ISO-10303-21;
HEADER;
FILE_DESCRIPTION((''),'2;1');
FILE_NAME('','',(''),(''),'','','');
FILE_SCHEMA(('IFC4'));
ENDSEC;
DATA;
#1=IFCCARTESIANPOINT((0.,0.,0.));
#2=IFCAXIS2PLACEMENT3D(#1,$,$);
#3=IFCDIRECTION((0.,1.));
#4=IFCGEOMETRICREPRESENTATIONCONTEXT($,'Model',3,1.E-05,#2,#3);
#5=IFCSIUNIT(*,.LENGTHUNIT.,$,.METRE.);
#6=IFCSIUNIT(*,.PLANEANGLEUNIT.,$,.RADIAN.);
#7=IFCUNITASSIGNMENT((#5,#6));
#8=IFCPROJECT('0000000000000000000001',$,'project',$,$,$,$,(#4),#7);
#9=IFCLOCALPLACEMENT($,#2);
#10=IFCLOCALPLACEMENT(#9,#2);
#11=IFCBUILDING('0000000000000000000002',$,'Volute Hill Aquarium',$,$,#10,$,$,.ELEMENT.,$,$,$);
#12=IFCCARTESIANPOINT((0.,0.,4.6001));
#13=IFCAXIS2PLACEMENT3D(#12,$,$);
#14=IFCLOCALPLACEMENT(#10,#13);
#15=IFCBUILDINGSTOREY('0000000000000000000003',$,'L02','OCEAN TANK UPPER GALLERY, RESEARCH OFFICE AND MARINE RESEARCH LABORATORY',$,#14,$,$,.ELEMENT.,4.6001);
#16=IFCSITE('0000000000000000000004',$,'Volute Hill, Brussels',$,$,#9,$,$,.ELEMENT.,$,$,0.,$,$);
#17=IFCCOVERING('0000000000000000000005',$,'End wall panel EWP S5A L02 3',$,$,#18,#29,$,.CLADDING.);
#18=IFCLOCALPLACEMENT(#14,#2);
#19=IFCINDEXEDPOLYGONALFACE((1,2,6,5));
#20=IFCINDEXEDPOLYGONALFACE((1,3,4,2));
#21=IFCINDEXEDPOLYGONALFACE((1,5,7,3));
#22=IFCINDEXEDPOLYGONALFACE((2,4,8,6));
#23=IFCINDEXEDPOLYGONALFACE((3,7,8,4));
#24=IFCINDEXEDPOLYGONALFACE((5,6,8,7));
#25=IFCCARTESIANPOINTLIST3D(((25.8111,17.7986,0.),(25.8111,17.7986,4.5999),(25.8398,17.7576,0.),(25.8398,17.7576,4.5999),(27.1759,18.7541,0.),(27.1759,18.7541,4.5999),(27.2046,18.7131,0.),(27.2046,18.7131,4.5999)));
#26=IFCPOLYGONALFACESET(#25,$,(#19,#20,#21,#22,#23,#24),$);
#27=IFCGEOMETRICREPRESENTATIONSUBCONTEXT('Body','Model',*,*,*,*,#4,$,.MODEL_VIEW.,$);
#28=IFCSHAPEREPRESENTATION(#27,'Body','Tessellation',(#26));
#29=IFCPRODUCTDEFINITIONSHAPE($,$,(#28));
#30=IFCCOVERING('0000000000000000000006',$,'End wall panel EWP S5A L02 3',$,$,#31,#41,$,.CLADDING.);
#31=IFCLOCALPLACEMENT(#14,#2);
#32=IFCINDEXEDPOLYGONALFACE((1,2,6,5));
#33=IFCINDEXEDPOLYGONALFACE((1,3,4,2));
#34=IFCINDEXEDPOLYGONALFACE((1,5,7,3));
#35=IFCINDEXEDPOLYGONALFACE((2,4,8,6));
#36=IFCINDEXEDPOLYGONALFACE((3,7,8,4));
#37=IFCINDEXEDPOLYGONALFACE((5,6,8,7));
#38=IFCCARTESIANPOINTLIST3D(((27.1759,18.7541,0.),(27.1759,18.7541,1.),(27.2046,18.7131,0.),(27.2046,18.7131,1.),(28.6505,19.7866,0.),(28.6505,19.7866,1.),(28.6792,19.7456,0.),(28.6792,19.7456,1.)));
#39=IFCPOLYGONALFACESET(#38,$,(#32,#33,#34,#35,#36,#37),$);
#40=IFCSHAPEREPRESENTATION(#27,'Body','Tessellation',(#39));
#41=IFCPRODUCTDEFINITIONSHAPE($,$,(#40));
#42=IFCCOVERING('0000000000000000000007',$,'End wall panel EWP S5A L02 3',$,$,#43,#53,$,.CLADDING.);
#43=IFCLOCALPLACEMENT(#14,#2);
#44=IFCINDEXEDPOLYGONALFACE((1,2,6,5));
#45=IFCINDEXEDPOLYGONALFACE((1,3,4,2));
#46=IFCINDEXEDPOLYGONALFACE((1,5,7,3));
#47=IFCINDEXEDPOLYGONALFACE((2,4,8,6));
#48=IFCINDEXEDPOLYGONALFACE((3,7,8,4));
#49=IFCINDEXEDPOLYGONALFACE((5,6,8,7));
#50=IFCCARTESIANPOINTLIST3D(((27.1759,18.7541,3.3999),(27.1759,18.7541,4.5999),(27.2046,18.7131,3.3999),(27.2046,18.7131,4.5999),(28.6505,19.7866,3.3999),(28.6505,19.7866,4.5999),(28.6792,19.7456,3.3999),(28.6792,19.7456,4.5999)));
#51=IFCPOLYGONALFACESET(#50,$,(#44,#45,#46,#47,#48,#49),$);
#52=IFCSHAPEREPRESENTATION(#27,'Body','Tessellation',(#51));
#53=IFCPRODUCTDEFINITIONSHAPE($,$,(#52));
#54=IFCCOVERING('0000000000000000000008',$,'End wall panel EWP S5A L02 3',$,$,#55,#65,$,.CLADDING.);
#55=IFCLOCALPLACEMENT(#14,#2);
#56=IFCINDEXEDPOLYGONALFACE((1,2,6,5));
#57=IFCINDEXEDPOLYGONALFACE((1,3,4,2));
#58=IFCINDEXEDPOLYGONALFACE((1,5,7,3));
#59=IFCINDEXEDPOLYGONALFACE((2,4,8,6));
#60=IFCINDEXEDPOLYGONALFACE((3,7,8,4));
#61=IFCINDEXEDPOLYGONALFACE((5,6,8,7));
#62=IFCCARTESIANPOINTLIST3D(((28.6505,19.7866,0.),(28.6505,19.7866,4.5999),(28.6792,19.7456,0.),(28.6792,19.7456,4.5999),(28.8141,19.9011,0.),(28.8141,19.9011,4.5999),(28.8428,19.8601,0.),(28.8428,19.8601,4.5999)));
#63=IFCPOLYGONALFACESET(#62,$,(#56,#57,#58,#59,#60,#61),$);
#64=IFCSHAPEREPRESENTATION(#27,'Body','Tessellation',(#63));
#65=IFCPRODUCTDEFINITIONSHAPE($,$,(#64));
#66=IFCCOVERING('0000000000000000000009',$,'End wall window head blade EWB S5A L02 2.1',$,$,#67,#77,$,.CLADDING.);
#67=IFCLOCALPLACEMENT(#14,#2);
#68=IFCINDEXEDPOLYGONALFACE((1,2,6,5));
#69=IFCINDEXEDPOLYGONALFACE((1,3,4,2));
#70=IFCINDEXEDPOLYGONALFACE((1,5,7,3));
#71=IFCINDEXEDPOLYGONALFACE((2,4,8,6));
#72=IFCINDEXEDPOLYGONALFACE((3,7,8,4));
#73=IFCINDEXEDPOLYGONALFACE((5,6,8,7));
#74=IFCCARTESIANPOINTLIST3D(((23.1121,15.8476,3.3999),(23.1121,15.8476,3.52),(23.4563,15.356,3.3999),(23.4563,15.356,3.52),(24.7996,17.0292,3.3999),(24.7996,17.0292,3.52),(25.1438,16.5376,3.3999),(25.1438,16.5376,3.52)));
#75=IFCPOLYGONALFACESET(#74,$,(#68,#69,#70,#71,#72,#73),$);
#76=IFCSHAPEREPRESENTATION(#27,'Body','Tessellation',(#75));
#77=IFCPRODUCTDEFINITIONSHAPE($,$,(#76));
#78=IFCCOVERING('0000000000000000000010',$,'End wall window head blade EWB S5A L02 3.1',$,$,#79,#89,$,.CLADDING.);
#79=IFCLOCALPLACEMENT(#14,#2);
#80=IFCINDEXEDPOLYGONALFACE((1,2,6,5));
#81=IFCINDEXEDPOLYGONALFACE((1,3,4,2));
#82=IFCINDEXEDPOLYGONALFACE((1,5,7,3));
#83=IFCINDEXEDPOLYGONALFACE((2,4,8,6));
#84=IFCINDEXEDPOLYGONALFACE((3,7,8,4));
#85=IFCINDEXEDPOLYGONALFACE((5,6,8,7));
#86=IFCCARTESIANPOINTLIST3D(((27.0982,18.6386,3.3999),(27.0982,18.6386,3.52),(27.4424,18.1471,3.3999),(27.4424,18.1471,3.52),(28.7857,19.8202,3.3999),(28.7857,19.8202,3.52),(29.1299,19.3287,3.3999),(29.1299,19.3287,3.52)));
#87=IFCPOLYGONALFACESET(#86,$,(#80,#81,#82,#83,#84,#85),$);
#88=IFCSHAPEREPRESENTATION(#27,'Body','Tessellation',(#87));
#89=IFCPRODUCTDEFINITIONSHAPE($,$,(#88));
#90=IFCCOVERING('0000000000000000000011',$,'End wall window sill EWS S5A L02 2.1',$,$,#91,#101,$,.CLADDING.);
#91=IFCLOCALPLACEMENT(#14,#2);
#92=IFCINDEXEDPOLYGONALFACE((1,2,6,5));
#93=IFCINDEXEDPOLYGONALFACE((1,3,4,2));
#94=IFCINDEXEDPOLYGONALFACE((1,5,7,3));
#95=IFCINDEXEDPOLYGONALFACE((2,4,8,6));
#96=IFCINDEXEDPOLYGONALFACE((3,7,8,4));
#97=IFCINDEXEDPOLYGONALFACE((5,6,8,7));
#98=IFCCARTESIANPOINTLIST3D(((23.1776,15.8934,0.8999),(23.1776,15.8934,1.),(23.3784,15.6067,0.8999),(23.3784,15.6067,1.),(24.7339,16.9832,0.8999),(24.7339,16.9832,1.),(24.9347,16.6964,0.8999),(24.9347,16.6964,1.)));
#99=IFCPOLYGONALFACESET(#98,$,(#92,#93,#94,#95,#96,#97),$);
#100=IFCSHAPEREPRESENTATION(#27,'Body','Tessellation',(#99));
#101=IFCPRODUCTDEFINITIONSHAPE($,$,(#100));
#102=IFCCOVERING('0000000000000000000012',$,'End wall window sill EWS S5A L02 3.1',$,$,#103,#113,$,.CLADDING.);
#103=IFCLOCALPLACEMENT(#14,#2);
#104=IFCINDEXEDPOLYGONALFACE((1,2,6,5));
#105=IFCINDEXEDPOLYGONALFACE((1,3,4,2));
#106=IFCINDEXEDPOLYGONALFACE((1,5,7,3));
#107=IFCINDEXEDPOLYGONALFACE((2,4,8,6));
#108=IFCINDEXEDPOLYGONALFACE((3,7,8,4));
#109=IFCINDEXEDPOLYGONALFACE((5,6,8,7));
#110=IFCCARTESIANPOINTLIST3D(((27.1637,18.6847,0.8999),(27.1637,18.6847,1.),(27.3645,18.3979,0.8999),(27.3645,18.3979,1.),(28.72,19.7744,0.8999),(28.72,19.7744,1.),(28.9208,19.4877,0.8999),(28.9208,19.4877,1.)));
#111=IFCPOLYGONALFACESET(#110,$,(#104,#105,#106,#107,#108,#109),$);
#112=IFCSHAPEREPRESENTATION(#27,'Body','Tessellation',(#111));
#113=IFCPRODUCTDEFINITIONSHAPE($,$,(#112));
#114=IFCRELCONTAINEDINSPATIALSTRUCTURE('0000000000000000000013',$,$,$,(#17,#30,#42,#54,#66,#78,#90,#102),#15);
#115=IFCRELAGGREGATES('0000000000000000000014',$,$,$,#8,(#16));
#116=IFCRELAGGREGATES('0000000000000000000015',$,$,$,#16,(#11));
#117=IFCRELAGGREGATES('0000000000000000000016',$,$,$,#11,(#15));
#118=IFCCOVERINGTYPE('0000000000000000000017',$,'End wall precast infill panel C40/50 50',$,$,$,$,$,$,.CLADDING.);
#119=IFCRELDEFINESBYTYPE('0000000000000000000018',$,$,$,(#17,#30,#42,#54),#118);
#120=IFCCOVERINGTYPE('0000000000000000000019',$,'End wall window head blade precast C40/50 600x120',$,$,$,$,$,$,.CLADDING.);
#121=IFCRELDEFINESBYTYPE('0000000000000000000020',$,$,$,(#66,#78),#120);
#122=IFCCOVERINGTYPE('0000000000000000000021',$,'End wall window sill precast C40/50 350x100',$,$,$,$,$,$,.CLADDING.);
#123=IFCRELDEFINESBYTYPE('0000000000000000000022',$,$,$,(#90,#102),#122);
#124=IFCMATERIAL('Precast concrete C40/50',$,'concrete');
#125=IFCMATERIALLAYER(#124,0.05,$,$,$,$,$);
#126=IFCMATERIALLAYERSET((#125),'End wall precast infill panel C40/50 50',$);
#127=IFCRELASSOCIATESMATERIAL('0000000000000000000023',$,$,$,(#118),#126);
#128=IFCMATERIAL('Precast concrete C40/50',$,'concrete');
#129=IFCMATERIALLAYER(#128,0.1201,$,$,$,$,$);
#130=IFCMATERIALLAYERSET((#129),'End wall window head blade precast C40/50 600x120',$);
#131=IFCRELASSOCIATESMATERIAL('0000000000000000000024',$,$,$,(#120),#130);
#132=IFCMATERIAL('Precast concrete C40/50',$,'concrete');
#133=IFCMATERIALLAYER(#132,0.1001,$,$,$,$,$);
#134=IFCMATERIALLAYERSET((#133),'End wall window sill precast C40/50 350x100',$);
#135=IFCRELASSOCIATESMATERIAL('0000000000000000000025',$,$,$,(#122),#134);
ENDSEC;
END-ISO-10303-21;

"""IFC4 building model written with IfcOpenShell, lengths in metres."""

from ifc_helpers import new_model, si_unit, direction, frame, origin, origin_2d, place, context, subcontext, project, spatial, polyline, rectangle, outline, extrude, material, layer, layer_set, type_object, element, save


model = new_model("IFC4")

# Units and contexts
model_context = context("Model", 3, precision=1e-05, world=origin(), true_north=direction((0.0, 1.0)))
body_context = subcontext(model_context, "Body", "Model", "MODEL_VIEW")
ifc_project = project(units=[si_unit("LENGTHUNIT", "METRE"), si_unit("PLANEANGLEUNIT", "RADIAN")], contexts=[model_context])

# Site, building, storey
site_placement = place(None, origin())
site = spatial("IfcSite", under=ifc_project, at=site_placement, Name="Volute Hill, Brussels", CompositionType="ELEMENT", RefElevation=0.0)
building_placement = place(site_placement, origin())
building = spatial("IfcBuilding", under=site, at=building_placement, Name="Volute Hill Aquarium", CompositionType="ELEMENT")
storey_placement = place(building_placement, frame((0.0, 0.0, 4.6001)))
storey = spatial("IfcBuildingStorey", under=building, at=storey_placement, Name="L02", Description="OCEAN TANK UPPER GALLERY, RESEARCH OFFICE AND MARINE RESEARCH LABORATORY", CompositionType="ELEMENT", Elevation=4.6001)

# Coverings
ifc_material_1 = material(Name="Precast concrete C40/50", Category="concrete")
ifc_layer_1 = layer(ifc_material_1, 0.05)
ifc_layer_set_1 = layer_set([ifc_layer_1], Name="End wall precast infill panel C40/50 50")
covering_type_1 = type_object("IfcCoveringType", Name="End wall precast infill panel C40/50 50", PredefinedType="CLADDING", material=ifc_layer_set_1)
covering_1_placement = place(storey_placement, frame((25.8398, 17.7576, 0.0), z_axis=(0.573561, -0.819163, 0.0), x_axis=(0.819163, 0.573561, 0.0)))
element("IfcCovering", 1, at=covering_1_placement, inside=storey, type_object=covering_type_1, Name="End wall panel EWP S5A L02 3", PredefinedType="CLADDING", context=body_context, shape_type="SweptSolid", body=[
    extrude(outline(polyline([(0.0, 0.0), (1.666, 0.0), (1.666, 4.5999), (0.0, 4.5999), (0.0, 0.0)])), origin(), (0.0, 0.0, -1.0), 0.05),
])
covering_2_placement = place(storey_placement, frame((27.2046, 18.7131, 0.0), z_axis=(0.573553, -0.819168, 0.0), x_axis=(0.819168, 0.573553, 0.0)))
element("IfcCovering", 2, at=covering_2_placement, inside=storey, type_object=covering_type_1, Name="End wall panel EWP S5A L02 3", PredefinedType="CLADDING", context=body_context, shape_type="SweptSolid", body=[
    extrude(outline(polyline([(0.0, 0.0), (1.8001, 0.0), (1.8001, 1.0), (0.0, 1.0), (0.0, 0.0)])), origin(), (0.0, 0.0, -1.0), 0.05),
])
covering_3_placement = place(storey_placement, frame((27.2046, 18.7131, 3.3999), z_axis=(0.573553, -0.819168, 0.0), x_axis=(0.819168, 0.573553, 0.0)))
element("IfcCovering", 3, at=covering_3_placement, inside=storey, type_object=covering_type_1, Name="End wall panel EWP S5A L02 3", PredefinedType="CLADDING", context=body_context, shape_type="SweptSolid", body=[
    extrude(outline(polyline([(0.0, 0.0), (1.8001, 0.0), (1.8001, 1.2), (0.0, 1.2), (0.0, 0.0)])), origin(), (0.0, 0.0, -1.0), 0.05),
])
covering_4_placement = place(storey_placement, frame((28.6792, 19.7456, 0.0), z_axis=(0.573462, -0.819232, 0.0), x_axis=(0.819232, 0.573462, 0.0)))
element("IfcCovering", 4, at=covering_4_placement, inside=storey, type_object=covering_type_1, Name="End wall panel EWP S5A L02 3", PredefinedType="CLADDING", context=body_context, shape_type="SweptSolid", body=[
    extrude(outline(polyline([(0.0, 0.0), (0.1997, 0.0), (0.1997, 4.5999), (0.0, 4.5999), (0.0, 0.0)])), origin(), (0.0, 0.0, -1.0), 0.05),
])
ifc_material_2 = material(Name="Precast concrete C40/50", Category="concrete")
ifc_layer_2 = layer(ifc_material_2, 0.1201)
ifc_layer_set_2 = layer_set([ifc_layer_2], Name="End wall window head blade precast C40/50 600x120")
covering_type_2 = type_object("IfcCoveringType", Name="End wall window head blade precast C40/50 600x120", PredefinedType="CLADDING", material=ifc_layer_set_2)
for number, where, z_axis, x_axis, name in (
    (5, (24.1279, 16.1926, 3.3999), (0.0, 0.0, 1.0), (0.819153, 0.573575, 0.0), "End wall window head blade EWB S5A L02 2.1"),
    (6, (28.114, 18.9836, 3.3999), (0.0, 0.0, 1.0), (0.819153, 0.573575, 0.0), "End wall window head blade EWB S5A L02 3.1"),
):
    element("IfcCovering", number, at=place(storey_placement, frame(where, z_axis=z_axis, x_axis=x_axis)), inside=storey, type_object=covering_type_2, Name=name, PredefinedType="CLADDING", context=body_context, shape_type="SweptSolid", body=[
        extrude(rectangle(XDim=2.0601, YDim=0.6001, at=origin_2d()), origin(), (0.0, 0.0, 1.0), 0.1201),
    ])
ifc_material_3 = material(Name="Precast concrete C40/50", Category="concrete")
ifc_layer_3 = layer(ifc_material_3, 0.1001)
ifc_layer_set_3 = layer_set([ifc_layer_3], Name="End wall window sill precast C40/50 350x100")
covering_type_3 = type_object("IfcCoveringType", Name="End wall window sill precast C40/50 350x100", PredefinedType="CLADDING", material=ifc_layer_set_3)
for number, where, z_axis, x_axis, name in (
    (7, (24.0562, 16.2949, 0.8999), (0.0, 0.0, 1.0), (0.819153, 0.573575, 0.0), "End wall window sill EWS S5A L02 2.1"),
    (8, (28.0422, 19.0862, 0.8999), (0.0, 0.0, 1.0), (0.819153, 0.573575, 0.0), "End wall window sill EWS S5A L02 3.1"),
):
    element("IfcCovering", number, at=place(storey_placement, frame(where, z_axis=z_axis, x_axis=x_axis)), inside=storey, type_object=covering_type_3, Name=name, PredefinedType="CLADDING", context=body_context, shape_type="SweptSolid", body=[
        extrude(rectangle(XDim=1.8999, YDim=0.3501, at=origin_2d()), origin(), (0.0, 0.0, 1.0), 0.1001),
    ])

save(model, "model.ifc")
